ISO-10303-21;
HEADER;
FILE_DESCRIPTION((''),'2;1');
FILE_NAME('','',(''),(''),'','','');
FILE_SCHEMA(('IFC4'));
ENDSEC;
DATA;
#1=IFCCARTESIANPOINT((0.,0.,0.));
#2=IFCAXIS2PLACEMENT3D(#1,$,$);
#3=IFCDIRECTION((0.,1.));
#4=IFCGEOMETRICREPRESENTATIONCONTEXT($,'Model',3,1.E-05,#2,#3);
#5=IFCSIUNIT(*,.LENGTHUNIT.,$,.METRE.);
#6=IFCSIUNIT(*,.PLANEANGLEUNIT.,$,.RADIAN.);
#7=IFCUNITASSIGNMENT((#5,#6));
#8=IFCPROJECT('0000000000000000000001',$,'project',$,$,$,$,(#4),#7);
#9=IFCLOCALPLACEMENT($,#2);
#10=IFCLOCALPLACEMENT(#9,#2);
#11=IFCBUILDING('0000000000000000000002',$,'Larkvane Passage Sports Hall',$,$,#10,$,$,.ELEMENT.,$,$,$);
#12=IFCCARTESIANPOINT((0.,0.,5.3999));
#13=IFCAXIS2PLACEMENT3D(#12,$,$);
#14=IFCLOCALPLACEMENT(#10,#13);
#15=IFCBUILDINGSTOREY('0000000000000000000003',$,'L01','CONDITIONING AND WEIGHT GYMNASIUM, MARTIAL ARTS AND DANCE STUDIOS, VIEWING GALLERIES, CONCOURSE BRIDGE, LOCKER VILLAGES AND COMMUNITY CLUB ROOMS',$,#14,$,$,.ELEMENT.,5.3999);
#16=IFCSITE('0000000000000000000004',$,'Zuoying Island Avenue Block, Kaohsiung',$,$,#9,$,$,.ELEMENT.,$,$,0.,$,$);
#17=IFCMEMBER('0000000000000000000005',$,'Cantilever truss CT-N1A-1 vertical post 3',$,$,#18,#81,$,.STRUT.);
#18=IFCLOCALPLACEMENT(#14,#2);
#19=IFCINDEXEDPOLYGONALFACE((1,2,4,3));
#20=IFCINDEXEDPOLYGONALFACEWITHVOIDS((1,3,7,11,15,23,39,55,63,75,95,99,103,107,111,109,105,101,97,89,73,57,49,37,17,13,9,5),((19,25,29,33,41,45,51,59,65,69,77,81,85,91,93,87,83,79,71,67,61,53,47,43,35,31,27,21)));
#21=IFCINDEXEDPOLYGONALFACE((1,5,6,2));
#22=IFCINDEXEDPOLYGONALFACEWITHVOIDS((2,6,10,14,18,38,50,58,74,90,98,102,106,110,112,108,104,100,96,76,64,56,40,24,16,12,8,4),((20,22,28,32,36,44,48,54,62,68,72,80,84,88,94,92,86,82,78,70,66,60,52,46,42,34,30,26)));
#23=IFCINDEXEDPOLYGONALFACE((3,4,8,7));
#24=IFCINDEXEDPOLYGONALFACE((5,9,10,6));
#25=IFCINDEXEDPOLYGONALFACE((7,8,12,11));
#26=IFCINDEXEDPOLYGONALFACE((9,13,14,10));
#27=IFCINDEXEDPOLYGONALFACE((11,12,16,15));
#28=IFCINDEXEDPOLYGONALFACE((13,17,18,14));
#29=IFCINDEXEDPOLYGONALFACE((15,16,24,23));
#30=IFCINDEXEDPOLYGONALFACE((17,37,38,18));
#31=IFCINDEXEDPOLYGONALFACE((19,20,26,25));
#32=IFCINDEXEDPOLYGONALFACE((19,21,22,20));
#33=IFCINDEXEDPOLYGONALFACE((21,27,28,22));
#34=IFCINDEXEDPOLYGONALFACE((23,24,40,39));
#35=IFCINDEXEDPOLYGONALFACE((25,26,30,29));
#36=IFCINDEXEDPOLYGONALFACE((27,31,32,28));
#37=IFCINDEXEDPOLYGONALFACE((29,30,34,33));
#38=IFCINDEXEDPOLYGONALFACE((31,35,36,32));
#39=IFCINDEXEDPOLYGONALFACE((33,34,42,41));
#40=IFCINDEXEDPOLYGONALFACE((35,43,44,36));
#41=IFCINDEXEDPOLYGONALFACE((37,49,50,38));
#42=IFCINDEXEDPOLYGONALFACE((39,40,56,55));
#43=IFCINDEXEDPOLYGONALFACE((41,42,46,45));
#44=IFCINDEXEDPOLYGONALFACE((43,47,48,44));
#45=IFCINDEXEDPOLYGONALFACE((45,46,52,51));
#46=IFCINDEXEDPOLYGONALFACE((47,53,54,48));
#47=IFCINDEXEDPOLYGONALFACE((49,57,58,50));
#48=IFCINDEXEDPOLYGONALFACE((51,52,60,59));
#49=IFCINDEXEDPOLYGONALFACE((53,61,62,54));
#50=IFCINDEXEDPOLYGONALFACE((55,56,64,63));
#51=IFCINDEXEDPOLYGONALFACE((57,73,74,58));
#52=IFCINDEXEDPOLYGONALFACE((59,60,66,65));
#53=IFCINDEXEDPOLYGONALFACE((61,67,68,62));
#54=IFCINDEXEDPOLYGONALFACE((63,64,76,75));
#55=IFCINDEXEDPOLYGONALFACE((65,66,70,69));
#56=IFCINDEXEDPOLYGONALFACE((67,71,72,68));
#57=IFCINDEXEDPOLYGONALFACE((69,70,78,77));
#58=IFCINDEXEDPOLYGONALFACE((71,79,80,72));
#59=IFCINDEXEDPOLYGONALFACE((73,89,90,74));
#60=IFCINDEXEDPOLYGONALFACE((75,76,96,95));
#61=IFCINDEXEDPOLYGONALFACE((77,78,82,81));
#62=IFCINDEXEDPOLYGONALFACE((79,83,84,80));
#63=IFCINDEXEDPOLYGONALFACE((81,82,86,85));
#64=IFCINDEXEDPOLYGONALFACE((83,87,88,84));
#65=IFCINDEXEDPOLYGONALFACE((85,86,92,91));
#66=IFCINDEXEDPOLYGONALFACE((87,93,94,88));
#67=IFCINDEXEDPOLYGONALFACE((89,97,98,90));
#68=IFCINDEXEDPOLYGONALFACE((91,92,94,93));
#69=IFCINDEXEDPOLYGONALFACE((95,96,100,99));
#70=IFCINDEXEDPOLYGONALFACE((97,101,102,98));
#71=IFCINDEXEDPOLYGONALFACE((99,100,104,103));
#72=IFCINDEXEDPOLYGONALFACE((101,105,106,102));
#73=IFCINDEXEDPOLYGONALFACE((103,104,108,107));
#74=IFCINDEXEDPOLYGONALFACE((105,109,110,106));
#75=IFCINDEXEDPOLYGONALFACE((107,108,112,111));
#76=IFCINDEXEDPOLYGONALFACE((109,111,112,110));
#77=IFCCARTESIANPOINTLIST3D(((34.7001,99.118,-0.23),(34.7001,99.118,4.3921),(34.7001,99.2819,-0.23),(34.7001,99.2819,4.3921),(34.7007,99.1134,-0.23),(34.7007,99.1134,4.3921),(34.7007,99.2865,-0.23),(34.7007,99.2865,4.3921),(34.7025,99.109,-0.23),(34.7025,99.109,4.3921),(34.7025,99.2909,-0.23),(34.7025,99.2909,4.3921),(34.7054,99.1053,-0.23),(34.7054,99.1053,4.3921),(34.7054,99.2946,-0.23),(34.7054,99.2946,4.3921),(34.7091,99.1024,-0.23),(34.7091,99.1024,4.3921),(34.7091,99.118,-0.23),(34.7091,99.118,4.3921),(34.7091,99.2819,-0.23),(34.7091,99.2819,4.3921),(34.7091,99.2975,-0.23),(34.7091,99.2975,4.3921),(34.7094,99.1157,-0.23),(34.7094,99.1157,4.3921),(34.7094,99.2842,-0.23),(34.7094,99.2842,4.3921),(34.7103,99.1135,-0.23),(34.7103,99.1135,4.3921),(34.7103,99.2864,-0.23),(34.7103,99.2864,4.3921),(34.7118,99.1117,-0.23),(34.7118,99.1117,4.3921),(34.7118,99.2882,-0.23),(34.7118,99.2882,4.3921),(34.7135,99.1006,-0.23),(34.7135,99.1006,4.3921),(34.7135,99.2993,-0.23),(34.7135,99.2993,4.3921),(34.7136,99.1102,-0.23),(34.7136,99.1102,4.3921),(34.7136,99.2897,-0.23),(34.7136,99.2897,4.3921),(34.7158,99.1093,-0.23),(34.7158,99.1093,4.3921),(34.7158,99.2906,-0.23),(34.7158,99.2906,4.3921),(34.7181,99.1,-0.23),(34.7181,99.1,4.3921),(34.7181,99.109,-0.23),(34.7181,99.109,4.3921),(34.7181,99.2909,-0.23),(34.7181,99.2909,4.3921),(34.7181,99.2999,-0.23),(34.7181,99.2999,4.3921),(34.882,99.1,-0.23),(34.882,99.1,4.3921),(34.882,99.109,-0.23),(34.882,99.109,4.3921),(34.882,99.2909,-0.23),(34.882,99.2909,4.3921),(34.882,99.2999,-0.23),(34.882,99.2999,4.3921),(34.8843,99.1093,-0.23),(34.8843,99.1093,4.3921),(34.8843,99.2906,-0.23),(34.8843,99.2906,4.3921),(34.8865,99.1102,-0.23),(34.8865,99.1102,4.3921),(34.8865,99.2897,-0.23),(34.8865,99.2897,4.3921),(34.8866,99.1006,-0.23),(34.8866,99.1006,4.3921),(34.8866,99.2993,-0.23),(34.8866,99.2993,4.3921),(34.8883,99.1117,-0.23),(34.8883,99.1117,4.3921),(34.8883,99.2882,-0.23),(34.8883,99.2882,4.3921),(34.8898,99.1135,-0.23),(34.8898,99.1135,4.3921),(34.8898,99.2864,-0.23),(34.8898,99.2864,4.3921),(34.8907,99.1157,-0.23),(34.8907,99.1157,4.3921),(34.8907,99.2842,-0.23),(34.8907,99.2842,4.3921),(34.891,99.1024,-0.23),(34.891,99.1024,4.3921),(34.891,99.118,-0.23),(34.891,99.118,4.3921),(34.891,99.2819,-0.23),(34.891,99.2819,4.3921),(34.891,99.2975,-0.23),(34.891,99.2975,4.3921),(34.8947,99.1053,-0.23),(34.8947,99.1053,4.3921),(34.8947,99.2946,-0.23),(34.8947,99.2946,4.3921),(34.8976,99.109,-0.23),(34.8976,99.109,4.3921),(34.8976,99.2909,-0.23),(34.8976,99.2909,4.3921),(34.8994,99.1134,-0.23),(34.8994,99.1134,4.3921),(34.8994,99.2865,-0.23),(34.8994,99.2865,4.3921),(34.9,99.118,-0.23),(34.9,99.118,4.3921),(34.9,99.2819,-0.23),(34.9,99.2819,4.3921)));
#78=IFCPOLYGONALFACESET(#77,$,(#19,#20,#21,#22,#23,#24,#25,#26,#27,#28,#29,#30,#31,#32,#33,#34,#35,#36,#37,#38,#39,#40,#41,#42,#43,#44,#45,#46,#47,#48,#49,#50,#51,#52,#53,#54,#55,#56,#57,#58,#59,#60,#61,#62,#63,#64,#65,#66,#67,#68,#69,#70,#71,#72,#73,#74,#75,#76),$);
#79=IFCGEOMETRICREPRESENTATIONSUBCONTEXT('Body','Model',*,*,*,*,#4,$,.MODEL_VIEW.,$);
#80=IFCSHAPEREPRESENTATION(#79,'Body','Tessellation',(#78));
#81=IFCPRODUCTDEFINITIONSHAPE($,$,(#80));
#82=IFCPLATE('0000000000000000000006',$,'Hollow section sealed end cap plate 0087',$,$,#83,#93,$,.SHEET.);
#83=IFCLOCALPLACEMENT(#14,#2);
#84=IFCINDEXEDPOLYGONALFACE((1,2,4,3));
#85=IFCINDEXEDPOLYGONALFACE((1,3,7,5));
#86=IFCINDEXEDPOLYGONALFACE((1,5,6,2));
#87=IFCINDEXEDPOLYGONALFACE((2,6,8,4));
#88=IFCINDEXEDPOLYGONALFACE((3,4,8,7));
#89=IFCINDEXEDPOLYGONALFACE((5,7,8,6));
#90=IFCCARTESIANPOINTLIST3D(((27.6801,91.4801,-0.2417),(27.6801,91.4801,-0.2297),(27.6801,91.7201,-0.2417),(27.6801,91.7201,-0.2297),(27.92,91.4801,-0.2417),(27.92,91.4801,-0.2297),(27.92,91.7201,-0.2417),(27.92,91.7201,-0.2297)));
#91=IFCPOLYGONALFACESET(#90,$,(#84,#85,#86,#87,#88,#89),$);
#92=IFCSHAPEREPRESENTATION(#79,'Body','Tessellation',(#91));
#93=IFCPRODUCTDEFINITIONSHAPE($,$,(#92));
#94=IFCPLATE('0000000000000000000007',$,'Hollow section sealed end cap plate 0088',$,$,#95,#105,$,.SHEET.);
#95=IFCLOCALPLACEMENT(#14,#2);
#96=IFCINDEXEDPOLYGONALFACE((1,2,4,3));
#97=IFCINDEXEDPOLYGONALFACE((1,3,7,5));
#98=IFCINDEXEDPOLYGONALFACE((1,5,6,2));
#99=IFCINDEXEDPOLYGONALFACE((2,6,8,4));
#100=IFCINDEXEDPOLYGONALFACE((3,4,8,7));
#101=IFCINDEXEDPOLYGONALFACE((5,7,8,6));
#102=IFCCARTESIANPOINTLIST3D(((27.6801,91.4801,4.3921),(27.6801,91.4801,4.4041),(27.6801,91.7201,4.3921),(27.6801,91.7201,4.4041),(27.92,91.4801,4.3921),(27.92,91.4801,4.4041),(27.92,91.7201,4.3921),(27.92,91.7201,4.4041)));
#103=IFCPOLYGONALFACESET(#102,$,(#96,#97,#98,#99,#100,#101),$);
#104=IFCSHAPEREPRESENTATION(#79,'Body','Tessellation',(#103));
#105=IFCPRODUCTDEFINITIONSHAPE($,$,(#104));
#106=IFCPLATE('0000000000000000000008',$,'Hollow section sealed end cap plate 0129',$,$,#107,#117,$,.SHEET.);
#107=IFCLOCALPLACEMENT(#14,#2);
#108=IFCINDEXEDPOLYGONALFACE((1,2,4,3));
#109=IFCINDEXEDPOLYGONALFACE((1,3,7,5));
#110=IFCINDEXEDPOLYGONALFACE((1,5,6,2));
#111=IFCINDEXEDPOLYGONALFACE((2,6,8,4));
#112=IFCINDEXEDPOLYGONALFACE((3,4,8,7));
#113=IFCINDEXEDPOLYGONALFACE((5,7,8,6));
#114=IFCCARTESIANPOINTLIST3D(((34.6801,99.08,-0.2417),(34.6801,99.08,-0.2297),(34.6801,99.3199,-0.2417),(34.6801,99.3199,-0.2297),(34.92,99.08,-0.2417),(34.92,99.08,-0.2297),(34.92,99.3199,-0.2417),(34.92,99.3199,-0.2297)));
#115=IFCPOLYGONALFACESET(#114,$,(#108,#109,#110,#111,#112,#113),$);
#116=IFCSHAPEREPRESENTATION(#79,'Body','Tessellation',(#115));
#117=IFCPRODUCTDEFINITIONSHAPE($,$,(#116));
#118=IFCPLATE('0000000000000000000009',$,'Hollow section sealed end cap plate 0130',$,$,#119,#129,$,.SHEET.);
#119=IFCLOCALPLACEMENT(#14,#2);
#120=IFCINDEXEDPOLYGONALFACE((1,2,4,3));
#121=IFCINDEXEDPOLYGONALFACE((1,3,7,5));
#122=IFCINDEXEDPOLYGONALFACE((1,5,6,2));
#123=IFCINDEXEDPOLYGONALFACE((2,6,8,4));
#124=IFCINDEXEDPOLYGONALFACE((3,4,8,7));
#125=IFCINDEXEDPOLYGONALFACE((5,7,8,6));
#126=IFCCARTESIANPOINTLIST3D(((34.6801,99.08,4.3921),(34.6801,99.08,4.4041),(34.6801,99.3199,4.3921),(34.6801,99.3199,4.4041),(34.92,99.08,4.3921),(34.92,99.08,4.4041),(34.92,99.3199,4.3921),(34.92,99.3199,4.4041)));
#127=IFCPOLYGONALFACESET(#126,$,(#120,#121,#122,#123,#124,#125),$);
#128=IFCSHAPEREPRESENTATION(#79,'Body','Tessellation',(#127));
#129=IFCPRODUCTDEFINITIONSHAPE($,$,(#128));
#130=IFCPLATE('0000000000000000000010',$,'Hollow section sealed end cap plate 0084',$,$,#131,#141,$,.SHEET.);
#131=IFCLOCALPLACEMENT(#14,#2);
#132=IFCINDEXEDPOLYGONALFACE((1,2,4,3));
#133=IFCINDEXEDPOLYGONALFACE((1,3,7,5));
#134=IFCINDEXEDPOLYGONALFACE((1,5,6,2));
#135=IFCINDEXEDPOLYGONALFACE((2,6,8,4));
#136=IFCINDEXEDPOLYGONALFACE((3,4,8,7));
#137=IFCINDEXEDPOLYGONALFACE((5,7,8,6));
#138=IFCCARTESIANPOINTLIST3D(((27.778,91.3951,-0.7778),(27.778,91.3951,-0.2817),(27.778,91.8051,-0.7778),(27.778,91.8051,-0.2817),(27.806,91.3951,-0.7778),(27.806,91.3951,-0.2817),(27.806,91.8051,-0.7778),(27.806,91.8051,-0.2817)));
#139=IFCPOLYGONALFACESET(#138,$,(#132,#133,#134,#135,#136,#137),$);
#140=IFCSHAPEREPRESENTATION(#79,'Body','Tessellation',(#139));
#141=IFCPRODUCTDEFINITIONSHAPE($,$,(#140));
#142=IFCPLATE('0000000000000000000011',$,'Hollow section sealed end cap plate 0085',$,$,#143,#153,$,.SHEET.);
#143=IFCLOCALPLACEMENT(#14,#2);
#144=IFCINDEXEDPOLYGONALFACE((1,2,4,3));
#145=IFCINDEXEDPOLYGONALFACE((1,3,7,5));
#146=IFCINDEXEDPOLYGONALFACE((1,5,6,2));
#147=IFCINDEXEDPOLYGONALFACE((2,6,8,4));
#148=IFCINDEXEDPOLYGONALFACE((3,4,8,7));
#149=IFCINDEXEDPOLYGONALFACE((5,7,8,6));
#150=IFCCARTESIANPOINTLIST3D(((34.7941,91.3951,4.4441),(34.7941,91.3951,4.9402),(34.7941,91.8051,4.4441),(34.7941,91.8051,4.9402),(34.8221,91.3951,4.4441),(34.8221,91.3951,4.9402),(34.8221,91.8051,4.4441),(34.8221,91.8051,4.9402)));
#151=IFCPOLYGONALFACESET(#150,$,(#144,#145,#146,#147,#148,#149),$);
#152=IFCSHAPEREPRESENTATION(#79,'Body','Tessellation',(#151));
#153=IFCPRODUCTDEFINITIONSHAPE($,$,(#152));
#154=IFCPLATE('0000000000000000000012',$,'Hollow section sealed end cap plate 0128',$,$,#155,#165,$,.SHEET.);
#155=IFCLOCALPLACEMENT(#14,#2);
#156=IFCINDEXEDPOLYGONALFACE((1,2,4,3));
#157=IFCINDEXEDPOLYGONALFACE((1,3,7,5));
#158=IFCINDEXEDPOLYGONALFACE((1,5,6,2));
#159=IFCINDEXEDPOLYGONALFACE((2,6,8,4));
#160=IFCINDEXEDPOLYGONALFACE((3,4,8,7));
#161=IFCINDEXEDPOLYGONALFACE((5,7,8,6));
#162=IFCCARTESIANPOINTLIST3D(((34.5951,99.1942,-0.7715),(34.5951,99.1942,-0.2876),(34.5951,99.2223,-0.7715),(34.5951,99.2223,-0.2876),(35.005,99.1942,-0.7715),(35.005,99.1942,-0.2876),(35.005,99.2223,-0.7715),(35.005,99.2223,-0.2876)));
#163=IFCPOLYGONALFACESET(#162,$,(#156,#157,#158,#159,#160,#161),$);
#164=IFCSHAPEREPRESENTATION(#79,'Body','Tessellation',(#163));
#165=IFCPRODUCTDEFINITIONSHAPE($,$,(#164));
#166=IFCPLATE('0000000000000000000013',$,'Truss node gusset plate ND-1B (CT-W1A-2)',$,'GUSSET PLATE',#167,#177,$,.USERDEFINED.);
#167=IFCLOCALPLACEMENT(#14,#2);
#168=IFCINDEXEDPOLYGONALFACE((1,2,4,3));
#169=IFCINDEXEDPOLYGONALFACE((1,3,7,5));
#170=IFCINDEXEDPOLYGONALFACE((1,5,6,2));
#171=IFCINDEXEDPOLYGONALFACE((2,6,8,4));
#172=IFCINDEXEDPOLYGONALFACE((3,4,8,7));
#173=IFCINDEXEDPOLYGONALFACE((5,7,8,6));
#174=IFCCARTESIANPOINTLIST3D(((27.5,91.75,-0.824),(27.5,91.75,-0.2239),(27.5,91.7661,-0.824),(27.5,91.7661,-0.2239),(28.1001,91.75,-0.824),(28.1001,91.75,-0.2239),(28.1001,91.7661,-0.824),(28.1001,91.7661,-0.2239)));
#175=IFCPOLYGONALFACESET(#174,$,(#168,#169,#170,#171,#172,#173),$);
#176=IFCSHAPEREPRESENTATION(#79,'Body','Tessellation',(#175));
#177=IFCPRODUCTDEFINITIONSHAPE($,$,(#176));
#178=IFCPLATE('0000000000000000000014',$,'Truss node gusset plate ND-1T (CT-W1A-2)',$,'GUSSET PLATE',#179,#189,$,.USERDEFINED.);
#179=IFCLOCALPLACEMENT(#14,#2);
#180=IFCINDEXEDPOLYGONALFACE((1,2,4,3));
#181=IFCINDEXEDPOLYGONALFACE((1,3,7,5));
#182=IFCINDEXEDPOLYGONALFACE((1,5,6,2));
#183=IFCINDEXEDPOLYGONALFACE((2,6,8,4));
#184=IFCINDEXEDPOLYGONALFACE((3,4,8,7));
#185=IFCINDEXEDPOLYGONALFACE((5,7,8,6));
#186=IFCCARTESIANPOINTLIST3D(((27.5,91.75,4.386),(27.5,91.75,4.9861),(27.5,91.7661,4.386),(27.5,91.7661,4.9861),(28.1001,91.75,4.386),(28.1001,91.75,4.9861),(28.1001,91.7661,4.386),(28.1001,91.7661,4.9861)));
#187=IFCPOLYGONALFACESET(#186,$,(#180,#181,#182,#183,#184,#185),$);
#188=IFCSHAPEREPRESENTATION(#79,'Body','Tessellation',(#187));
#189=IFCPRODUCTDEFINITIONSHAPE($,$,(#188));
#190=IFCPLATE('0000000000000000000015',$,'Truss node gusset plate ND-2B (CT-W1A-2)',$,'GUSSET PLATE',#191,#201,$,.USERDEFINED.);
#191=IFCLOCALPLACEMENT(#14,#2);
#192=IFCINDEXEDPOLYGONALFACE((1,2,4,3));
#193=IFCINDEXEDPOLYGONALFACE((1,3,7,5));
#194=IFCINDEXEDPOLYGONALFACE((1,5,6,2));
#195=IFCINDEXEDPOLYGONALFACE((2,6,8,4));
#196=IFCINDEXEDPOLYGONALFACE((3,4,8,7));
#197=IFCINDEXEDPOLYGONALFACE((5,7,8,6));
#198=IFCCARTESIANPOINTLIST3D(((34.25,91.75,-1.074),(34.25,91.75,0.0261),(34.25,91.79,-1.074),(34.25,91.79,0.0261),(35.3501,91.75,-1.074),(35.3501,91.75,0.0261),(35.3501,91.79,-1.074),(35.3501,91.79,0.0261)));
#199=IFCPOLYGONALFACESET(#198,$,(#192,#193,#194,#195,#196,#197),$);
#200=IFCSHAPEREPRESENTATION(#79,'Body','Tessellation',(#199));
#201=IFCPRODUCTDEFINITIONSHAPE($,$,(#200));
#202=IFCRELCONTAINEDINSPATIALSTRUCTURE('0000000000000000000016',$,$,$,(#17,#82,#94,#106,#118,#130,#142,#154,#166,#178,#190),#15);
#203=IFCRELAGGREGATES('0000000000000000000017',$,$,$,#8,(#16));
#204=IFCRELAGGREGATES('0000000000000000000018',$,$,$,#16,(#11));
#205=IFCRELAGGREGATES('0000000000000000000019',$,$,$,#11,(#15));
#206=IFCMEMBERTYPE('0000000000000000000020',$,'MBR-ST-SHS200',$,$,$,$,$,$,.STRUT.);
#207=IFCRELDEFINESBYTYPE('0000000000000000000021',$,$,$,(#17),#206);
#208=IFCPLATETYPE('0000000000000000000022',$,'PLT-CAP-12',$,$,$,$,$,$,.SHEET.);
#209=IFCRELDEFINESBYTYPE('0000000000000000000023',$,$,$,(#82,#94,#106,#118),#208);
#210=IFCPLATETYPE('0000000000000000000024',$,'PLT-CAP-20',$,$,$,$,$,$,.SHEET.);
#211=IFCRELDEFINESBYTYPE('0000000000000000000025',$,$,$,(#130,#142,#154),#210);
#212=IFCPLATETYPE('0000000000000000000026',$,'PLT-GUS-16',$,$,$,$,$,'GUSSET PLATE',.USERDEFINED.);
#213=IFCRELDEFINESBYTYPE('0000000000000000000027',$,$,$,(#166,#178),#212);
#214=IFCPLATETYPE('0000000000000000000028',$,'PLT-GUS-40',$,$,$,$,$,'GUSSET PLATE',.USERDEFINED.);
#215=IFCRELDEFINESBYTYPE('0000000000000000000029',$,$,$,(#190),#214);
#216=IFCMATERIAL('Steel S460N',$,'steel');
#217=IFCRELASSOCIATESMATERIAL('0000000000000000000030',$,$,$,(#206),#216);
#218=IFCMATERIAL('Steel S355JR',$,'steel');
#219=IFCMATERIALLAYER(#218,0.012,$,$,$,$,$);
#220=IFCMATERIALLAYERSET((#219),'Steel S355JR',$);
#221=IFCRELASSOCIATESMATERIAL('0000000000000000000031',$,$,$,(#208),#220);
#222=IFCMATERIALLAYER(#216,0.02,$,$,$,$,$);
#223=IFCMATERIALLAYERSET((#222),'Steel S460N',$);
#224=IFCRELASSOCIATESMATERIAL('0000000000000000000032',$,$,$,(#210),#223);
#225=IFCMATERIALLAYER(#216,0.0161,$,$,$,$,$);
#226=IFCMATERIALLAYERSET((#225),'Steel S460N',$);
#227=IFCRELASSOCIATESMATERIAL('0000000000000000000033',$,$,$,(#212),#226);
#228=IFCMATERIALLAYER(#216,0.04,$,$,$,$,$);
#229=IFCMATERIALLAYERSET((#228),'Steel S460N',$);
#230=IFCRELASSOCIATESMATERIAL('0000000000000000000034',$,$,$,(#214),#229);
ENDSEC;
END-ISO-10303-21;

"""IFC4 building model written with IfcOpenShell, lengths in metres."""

from ifc_helpers import new_model, si_unit, direction, frame, origin, origin_2d, place, context, subcontext, project, spatial, rectangle, hollow_rectangle, extrude, material, layer, layer_set, material_profile, profile_set, type_object, element, save


model = new_model("IFC4")

# Units and contexts
model_context = context("Model", 3, precision=1e-05, world=origin(), true_north=direction((0.0, 1.0)))
body_context = subcontext(model_context, "Body", "Model", "MODEL_VIEW")
ifc_project = project(units=[si_unit("LENGTHUNIT", "METRE"), si_unit("PLANEANGLEUNIT", "RADIAN")], contexts=[model_context])

# Site, building, storey
site_placement = place(None, origin())
site = spatial("IfcSite", under=ifc_project, at=site_placement, Name="Zuoying Island Avenue Block, Kaohsiung", CompositionType="ELEMENT", RefElevation=0.0)
building_placement = place(site_placement, origin())
building = spatial("IfcBuilding", under=site, at=building_placement, Name="Larkvane Passage Sports Hall", CompositionType="ELEMENT")
storey_placement = place(building_placement, frame((0.0, 0.0, 5.3999)))
storey = spatial("IfcBuildingStorey", under=building, at=storey_placement, Name="L01", Description="CONDITIONING AND WEIGHT GYMNASIUM, MARTIAL ARTS AND DANCE STUDIOS, VIEWING GALLERIES, CONCOURSE BRIDGE, LOCKER VILLAGES AND COMMUNITY CLUB ROOMS", CompositionType="ELEMENT", Elevation=5.3999)

# Shared definitions
ifc_material_1 = material(Name="Steel S460N", Category="steel")

# Shared definitions
ifc_material_2 = material(Name="Steel S355JR", Category="steel")

# Member
ifc_material_profile_1 = material_profile(ifc_material_1, hollow_rectangle(XDim=0.2, YDim=0.2, WallThickness=0.009, InnerFilletRadius=0.009, OuterFilletRadius=0.0181, at=origin_2d()), Name="SHS-200x200x9")
ifc_profile_set_1 = profile_set([ifc_material_profile_1], Name="Steel S460N")
member_type_1 = type_object("IfcMemberType", Name="MBR-ST-SHS200", PredefinedType="STRUT", material=ifc_profile_set_1)
for number, where, z_axis, x_axis, name in (
    (1, (34.8, 99.2, -0.23), (0.0, 0.0, 1.0), (1.0, 0.0, 0.0), "Cantilever truss CT-N1A-1 vertical post 3"),
):
    element("IfcMember", number, at=place(storey_placement, frame(where, z_axis=z_axis, x_axis=x_axis)), inside=storey, type_object=member_type_1, Name=name, PredefinedType="STRUT", context=body_context, shape_type="SweptSolid", body=[
        extrude(hollow_rectangle(XDim=0.2, YDim=0.2, WallThickness=0.009, InnerFilletRadius=0.009, OuterFilletRadius=0.0181, at=origin_2d()), origin(), (0.0, 0.0, 1.0), 4.6221),
    ])

# Plates
ifc_layer_1 = layer(ifc_material_2, 0.012)
ifc_layer_set_1 = layer_set([ifc_layer_1], Name="Steel S355JR")
plate_type_1 = type_object("IfcPlateType", Name="PLT-CAP-12", PredefinedType="SHEET", material=ifc_layer_set_1)
for number, where, z_axis, x_axis, name in (
    (2, (27.8, 91.6001, -0.2417), (0.0, 0.0, 1.0), (1.0, 0.0, 0.0), "Hollow section sealed end cap plate 0087"),
    (3, (27.8, 91.6001, 4.3921), (0.0, 0.0, 1.0), (1.0, 0.0, 0.0), "Hollow section sealed end cap plate 0088"),
    (4, (34.8, 99.2, -0.2417), (0.0, 0.0, 1.0), (1.0, 0.0, 0.0), "Hollow section sealed end cap plate 0129"),
    (5, (34.8, 99.2, 4.3921), (0.0, 0.0, 1.0), (1.0, 0.0, 0.0), "Hollow section sealed end cap plate 0130"),
):
    element("IfcPlate", number, at=place(storey_placement, frame(where, z_axis=z_axis, x_axis=x_axis)), inside=storey, type_object=plate_type_1, Name=name, PredefinedType="SHEET", context=body_context, shape_type="SweptSolid", body=[
        extrude(rectangle(XDim=0.24, YDim=0.24, at=origin_2d()), origin(), (0.0, 0.0, 1.0), 0.012),
    ])
ifc_layer_2 = layer(ifc_material_1, 0.02)
ifc_layer_set_2 = layer_set([ifc_layer_2], Name="Steel S460N")
plate_type_2 = type_object("IfcPlateType", Name="PLT-CAP-20", PredefinedType="SHEET", material=ifc_layer_set_2)
for number, where, z_axis, x_axis, name in (
    (6, (27.792, 91.6001, -0.7778), (0.0, 0.0, 1.0), (0.0, 1.0, 0.0), "Hollow section sealed end cap plate 0084"),
    (7, (34.8081, 91.6001, 4.4441), (0.0, 0.0, 1.0), (0.0, 1.0, 0.0), "Hollow section sealed end cap plate 0085"),
):
    element("IfcPlate", number, at=place(storey_placement, frame(where, z_axis=z_axis, x_axis=x_axis)), inside=storey, type_object=plate_type_2, Name=name, PredefinedType="SHEET", context=body_context, shape_type="SweptSolid", body=[
        extrude(rectangle(XDim=0.4099, YDim=0.0281, at=origin_2d()), origin(), (0.0, 0.0, 1.0), 0.4961),
    ])
plate_placement = place(storey_placement, frame((34.8, 99.2083, -0.7715), z_axis=(0.0, 0.0, 1.0), x_axis=(-1.0, 0.0, 0.0)))
element("IfcPlate", 8, at=plate_placement, inside=storey, type_object=plate_type_2, Name="Hollow section sealed end cap plate 0128", PredefinedType="SHEET", context=body_context, shape_type="SweptSolid", body=[
    extrude(rectangle(XDim=0.4099, YDim=0.0281, at=origin_2d()), origin(), (0.0, 0.0, 1.0), 0.4839),
])
ifc_layer_3 = layer(ifc_material_1, 0.0161)
ifc_layer_set_3 = layer_set([ifc_layer_3], Name="Steel S460N")
plate_type_3 = type_object("IfcPlateType", Name="PLT-GUS-16", ElementType="GUSSET PLATE", PredefinedType="USERDEFINED", material=ifc_layer_set_3)
for number, where, z_axis, x_axis, name in (
    (9, (27.8, 91.7581, -0.824), (0.0, 0.0, 1.0), (1.0, 0.0, 0.0), "Truss node gusset plate ND-1B (CT-W1A-2)"),
    (10, (27.8, 91.7581, 4.386), (0.0, 0.0, 1.0), (1.0, 0.0, 0.0), "Truss node gusset plate ND-1T (CT-W1A-2)"),
):
    element("IfcPlate", number, at=place(storey_placement, frame(where, z_axis=z_axis, x_axis=x_axis)), inside=storey, type_object=plate_type_3, Name=name, ObjectType="GUSSET PLATE", PredefinedType="USERDEFINED", context=body_context, shape_type="SweptSolid", body=[
        extrude(rectangle(XDim=0.6001, YDim=0.0161, at=origin_2d()), origin(), (0.0, 0.0, 1.0), 0.6001),
    ])
ifc_layer_4 = layer(ifc_material_1, 0.04)
ifc_layer_set_4 = layer_set([ifc_layer_4], Name="Steel S460N")
plate_type_4 = type_object("IfcPlateType", Name="PLT-GUS-40", ElementType="GUSSET PLATE", PredefinedType="USERDEFINED", material=ifc_layer_set_4)
for number, where, z_axis, x_axis, name in (
    (11, (34.8, 91.77, -1.074), (0.0, 0.0, 1.0), (1.0, 0.0, 0.0), "Truss node gusset plate ND-2B (CT-W1A-2)"),
):
    element("IfcPlate", number, at=place(storey_placement, frame(where, z_axis=z_axis, x_axis=x_axis)), inside=storey, type_object=plate_type_4, Name=name, ObjectType="GUSSET PLATE", PredefinedType="USERDEFINED", context=body_context, shape_type="SweptSolid", body=[
        extrude(rectangle(XDim=1.1001, YDim=0.04, at=origin_2d()), origin(), (0.0, 0.0, 1.0), 1.1001),
    ])

save(model, "model.ifc")
